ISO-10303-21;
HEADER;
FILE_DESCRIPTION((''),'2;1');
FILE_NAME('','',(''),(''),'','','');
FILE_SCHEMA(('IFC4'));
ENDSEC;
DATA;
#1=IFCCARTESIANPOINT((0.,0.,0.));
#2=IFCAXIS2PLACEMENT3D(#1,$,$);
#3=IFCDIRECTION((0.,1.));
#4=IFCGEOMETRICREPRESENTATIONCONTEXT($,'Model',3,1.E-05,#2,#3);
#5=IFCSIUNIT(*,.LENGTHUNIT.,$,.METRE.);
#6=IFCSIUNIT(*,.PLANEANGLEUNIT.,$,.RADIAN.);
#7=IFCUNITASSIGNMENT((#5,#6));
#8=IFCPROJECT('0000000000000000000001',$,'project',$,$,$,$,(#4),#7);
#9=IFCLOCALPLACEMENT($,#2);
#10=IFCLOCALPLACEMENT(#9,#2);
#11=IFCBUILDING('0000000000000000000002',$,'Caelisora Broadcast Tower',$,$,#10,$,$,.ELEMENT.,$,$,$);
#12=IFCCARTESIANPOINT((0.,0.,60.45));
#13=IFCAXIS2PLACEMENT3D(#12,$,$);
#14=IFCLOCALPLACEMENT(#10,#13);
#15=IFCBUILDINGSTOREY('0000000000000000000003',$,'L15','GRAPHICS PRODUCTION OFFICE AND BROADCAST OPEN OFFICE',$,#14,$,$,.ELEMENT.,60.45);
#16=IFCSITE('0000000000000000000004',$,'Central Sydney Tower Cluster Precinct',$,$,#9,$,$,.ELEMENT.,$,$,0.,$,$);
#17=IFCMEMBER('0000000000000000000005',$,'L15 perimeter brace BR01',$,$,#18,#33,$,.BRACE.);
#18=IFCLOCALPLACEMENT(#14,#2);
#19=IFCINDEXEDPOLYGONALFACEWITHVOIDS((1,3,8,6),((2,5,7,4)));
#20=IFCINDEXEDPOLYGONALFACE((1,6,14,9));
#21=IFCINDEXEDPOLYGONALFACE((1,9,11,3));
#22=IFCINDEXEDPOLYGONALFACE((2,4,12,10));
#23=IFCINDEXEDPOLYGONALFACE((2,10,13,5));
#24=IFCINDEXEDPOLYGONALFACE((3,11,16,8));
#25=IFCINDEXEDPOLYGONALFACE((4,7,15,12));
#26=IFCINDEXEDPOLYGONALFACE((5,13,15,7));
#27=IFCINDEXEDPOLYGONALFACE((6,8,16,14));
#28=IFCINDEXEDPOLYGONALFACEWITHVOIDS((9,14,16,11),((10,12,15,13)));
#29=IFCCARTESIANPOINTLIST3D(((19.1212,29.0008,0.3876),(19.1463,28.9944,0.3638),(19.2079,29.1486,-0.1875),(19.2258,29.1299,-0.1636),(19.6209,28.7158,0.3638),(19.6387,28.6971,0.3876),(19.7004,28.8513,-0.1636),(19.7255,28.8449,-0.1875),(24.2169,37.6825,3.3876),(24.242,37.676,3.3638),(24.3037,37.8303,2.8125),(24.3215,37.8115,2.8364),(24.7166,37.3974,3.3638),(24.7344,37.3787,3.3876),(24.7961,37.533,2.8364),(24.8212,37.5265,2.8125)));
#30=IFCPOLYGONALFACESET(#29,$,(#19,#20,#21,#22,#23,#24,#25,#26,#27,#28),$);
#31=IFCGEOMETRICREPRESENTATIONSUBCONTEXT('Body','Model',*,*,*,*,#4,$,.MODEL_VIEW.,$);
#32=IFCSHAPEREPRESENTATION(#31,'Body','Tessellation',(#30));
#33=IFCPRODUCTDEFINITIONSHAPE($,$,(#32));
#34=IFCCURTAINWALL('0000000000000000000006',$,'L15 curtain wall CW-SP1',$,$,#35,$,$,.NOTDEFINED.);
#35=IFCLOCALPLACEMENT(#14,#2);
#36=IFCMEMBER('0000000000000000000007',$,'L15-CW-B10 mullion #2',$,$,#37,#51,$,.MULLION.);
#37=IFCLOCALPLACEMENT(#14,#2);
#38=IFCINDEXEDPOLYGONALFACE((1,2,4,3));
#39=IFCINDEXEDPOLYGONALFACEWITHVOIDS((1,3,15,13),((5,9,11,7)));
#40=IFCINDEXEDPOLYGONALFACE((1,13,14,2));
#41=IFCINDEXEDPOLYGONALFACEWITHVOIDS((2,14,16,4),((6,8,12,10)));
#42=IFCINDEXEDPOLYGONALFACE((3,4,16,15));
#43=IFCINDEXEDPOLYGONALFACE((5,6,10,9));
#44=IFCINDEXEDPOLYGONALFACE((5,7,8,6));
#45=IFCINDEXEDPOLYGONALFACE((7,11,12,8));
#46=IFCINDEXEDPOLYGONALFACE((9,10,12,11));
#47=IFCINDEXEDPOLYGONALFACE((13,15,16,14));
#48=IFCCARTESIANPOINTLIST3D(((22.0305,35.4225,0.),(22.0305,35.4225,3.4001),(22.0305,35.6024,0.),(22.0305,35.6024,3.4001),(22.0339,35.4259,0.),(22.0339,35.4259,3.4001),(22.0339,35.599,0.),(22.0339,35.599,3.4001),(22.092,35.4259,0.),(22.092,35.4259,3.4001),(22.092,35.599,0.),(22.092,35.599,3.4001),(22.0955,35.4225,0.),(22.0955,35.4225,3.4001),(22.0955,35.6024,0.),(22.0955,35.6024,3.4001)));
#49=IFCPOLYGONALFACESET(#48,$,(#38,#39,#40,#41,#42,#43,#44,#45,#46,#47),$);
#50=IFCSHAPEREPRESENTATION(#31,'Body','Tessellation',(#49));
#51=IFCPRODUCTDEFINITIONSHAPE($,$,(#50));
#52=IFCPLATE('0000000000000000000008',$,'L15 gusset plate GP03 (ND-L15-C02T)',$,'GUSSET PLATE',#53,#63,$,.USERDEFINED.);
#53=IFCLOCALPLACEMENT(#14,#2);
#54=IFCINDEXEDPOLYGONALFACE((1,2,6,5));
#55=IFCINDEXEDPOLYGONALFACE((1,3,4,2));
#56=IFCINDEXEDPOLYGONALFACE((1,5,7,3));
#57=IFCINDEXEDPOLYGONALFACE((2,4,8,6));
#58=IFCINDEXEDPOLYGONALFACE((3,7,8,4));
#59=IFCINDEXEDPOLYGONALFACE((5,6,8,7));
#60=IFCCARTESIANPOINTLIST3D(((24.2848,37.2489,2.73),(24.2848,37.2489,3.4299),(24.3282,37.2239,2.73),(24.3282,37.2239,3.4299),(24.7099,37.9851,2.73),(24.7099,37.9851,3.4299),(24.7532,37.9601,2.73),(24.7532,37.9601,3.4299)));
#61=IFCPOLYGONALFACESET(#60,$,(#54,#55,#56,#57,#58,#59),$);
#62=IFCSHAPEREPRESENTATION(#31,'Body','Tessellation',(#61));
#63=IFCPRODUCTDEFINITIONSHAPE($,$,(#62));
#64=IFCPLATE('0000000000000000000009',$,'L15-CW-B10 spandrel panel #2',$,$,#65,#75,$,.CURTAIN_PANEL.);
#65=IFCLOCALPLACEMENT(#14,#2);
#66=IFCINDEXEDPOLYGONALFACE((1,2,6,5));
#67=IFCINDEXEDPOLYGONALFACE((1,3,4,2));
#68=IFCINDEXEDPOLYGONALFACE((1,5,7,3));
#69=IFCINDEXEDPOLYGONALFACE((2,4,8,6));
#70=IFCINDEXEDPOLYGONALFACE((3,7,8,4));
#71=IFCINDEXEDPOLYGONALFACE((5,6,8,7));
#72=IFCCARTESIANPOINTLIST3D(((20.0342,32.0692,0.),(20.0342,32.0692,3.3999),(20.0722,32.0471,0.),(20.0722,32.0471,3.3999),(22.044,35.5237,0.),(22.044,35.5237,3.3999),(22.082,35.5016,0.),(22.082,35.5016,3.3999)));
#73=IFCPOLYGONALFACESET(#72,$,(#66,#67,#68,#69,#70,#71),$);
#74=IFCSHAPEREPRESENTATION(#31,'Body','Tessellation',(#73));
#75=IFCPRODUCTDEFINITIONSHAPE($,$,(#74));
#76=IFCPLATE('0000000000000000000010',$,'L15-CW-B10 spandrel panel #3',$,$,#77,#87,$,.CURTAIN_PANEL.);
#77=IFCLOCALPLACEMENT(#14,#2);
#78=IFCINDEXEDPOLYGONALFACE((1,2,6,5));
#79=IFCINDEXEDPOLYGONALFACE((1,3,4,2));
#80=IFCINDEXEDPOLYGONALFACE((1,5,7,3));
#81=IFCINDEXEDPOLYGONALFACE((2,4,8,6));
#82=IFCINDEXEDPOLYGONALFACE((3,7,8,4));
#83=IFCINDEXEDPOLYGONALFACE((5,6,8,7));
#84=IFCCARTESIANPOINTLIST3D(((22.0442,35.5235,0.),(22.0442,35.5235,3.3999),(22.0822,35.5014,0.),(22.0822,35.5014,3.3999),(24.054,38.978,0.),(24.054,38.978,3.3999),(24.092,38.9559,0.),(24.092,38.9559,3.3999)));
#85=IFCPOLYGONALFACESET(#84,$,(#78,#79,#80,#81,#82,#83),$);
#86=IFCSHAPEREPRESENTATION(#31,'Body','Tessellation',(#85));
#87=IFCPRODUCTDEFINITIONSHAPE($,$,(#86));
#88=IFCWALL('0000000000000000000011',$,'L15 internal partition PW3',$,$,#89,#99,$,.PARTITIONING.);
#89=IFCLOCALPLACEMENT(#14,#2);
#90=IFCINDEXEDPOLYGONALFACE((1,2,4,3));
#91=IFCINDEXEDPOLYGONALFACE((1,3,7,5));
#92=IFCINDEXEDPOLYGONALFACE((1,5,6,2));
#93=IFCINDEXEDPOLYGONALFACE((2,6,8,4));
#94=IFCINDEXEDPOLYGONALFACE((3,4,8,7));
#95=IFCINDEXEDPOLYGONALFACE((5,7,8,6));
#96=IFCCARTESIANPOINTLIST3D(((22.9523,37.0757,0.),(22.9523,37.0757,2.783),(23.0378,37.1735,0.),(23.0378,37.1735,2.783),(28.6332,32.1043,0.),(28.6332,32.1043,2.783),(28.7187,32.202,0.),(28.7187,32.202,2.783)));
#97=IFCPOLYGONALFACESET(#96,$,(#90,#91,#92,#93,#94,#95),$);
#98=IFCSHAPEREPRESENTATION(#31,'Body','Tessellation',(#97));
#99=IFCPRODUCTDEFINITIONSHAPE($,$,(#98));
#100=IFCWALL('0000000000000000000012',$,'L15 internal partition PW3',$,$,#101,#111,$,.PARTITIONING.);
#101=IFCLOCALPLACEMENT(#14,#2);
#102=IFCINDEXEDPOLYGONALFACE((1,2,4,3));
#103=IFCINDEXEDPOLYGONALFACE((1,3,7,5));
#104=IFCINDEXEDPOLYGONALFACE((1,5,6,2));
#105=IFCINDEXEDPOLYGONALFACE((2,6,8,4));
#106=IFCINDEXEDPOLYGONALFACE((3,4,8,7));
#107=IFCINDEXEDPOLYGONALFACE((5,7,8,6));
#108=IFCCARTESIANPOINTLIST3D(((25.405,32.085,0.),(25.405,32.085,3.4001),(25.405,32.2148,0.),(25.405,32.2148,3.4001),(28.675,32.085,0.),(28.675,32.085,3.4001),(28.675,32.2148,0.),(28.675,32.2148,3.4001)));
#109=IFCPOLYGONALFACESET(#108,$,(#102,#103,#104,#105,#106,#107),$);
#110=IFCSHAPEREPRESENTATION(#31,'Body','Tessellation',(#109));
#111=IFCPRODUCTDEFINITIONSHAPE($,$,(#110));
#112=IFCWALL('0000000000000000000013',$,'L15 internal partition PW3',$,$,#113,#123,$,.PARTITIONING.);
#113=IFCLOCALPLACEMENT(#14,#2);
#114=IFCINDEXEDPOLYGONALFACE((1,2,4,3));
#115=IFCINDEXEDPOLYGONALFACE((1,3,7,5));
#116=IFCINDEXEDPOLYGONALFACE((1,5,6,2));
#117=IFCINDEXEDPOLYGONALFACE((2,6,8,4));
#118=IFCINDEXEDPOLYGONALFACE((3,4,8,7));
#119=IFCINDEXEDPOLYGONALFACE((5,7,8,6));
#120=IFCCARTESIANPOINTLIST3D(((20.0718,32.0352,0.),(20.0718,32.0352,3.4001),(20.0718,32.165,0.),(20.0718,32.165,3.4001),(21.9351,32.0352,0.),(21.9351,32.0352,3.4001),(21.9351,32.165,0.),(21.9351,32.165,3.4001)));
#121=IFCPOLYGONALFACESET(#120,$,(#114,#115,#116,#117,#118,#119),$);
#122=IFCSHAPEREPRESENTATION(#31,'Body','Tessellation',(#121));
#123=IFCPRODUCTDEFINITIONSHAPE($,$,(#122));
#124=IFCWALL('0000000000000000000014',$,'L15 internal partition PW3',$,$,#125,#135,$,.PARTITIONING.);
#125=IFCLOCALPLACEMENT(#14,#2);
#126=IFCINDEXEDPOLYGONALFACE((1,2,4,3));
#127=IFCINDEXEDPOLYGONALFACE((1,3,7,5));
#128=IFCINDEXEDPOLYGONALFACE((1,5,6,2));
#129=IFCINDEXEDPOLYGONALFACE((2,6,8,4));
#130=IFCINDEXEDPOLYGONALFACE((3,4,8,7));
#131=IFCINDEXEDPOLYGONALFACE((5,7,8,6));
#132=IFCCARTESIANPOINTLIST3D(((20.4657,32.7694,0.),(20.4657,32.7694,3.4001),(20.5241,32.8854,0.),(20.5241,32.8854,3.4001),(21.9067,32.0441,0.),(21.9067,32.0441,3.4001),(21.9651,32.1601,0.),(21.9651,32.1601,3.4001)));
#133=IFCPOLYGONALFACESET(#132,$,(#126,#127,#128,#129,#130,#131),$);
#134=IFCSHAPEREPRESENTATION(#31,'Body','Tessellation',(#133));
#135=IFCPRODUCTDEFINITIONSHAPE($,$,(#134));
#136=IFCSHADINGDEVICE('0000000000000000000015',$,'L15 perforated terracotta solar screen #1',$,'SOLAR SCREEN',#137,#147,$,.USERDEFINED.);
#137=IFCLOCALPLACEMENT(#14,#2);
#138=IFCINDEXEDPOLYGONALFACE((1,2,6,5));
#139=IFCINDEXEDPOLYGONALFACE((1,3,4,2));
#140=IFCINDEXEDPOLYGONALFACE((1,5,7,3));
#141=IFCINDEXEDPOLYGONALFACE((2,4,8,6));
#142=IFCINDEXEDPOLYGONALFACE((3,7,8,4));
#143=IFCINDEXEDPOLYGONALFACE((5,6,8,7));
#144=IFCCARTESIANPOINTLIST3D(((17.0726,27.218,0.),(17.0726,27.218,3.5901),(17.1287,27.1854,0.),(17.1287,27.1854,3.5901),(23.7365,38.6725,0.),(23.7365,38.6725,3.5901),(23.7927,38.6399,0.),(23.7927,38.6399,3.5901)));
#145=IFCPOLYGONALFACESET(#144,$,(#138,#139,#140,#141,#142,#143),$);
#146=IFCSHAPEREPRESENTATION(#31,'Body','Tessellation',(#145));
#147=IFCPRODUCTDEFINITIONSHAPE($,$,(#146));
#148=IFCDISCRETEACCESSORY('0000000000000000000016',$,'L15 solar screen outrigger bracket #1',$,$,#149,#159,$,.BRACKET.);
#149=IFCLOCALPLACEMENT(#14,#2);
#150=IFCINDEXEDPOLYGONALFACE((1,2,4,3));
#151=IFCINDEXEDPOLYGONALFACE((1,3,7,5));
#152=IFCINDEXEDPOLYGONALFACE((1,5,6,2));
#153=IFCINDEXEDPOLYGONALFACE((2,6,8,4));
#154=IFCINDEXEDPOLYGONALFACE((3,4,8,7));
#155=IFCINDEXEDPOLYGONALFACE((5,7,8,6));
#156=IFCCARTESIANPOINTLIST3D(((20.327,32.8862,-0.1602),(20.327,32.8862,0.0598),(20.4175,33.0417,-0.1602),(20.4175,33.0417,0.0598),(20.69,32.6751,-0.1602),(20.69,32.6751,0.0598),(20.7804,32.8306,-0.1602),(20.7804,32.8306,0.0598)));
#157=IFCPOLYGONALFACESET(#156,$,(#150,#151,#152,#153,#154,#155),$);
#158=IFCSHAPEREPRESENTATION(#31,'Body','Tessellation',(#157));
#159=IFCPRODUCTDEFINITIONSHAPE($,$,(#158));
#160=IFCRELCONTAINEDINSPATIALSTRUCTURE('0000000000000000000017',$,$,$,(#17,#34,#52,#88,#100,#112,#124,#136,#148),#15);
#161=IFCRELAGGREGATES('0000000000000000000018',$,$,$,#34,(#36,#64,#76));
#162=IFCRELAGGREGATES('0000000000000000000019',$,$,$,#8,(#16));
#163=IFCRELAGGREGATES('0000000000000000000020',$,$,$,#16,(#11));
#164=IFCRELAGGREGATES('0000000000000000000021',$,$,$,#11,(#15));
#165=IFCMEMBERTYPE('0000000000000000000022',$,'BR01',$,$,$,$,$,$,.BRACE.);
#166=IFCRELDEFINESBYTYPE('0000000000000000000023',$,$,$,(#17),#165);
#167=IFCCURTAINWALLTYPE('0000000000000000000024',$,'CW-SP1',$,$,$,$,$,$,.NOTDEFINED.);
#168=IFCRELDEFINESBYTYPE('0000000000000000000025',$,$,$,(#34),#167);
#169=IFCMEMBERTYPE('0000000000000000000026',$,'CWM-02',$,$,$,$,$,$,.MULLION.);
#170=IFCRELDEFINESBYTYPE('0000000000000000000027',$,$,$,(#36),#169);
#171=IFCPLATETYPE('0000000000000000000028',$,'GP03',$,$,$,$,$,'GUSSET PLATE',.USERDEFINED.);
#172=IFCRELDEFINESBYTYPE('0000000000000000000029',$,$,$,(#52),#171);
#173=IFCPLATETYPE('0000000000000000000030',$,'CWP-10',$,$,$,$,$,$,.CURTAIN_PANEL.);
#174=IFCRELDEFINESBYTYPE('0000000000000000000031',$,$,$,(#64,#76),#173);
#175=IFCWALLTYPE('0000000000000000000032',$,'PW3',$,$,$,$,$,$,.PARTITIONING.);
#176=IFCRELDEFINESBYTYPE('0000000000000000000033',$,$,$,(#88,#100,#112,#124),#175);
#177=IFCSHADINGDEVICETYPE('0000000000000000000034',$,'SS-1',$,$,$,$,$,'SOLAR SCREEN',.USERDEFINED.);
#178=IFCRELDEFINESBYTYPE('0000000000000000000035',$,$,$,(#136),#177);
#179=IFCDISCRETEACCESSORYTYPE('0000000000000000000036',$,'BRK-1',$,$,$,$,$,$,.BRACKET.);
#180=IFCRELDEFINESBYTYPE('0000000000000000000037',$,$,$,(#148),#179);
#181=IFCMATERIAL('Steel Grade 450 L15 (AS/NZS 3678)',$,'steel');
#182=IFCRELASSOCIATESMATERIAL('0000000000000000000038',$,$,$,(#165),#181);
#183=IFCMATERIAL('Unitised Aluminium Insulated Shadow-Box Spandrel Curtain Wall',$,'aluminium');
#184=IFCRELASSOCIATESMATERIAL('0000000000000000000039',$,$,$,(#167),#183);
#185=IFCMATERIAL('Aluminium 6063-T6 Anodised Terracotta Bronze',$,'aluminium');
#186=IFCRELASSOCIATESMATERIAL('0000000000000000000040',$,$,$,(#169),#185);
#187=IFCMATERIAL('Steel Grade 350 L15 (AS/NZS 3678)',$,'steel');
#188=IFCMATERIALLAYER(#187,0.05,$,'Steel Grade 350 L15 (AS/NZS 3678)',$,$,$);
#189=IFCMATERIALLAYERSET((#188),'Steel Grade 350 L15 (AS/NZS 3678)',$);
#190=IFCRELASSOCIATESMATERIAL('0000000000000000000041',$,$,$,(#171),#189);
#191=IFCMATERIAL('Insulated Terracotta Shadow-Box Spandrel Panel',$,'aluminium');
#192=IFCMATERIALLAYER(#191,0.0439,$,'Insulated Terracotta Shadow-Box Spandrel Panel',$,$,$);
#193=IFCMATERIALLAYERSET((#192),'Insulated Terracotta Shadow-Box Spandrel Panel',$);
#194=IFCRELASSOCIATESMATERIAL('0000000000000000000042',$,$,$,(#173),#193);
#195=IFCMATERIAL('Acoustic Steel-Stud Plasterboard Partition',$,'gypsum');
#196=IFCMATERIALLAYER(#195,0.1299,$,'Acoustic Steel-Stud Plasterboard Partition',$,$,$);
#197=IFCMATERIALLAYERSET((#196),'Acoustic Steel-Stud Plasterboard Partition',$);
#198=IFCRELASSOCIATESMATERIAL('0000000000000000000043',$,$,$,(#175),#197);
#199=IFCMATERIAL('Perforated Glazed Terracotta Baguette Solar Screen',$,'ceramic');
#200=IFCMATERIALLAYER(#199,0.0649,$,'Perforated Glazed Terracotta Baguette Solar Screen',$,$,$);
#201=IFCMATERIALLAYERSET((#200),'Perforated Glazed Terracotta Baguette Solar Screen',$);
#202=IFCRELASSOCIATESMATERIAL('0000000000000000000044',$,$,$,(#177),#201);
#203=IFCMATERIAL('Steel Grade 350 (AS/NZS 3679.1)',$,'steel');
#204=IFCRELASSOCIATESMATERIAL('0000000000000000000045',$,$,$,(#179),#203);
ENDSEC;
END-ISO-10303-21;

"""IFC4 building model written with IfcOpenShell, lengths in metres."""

from ifc_helpers import new_model, si_unit, direction, frame, frame_2d, origin, origin_2d, place, context, subcontext, project, spatial, rectangle, hollow_rectangle, extrude, source, transform, mapped, material, layer, layer_set, material_profile, profile_set, type_object, type_shapes, element, aggregate, save


model = new_model("IFC4")

# Units and contexts
model_context = context("Model", 3, precision=1e-05, world=origin(), true_north=direction((0.0, 1.0)))
body_context = subcontext(model_context, "Body", "Model", "MODEL_VIEW")
ifc_project = project(units=[si_unit("LENGTHUNIT", "METRE"), si_unit("PLANEANGLEUNIT", "RADIAN")], contexts=[model_context])

# Site, building, storey
site_placement = place(None, origin())
site = spatial("IfcSite", under=ifc_project, at=site_placement, Name="Central Sydney Tower Cluster Precinct", CompositionType="ELEMENT", RefElevation=0.0)
building_placement = place(site_placement, origin())
building = spatial("IfcBuilding", under=site, at=building_placement, Name="Caelisora Broadcast Tower", CompositionType="ELEMENT")
storey_placement = place(building_placement, frame((0.0, 0.0, 60.45)))
storey = spatial("IfcBuildingStorey", under=building, at=storey_placement, Name="L15", Description="GRAPHICS PRODUCTION OFFICE AND BROADCAST OPEN OFFICE", CompositionType="ELEMENT", Elevation=60.45)

# Shared definitions
ifc_material_1 = material(Name="Steel Grade 350 (AS/NZS 3679.1)", Category="steel")

# Member
ifc_material_2 = material(Name="Steel Grade 450 L15 (AS/NZS 3678)", Category="steel")
ifc_material_profile_1 = material_profile(ifc_material_2, hollow_rectangle(XDim=0.6001, YDim=0.6001, WallThickness=0.0249, at=origin_2d()), Name="Steel Grade 450 L15 (AS/NZS 3678)")
ifc_profile_set_1 = profile_set([ifc_material_profile_1], Name="Steel Grade 450 L15 (AS/NZS 3678)")
member_type_1 = type_object("IfcMemberType", Name="BR01", PredefinedType="BRACE", material=ifc_profile_set_1)
shared_shape_1 = source(origin(), body_context, "Body", "SweptSolid", [
    extrude(hollow_rectangle(XDim=0.6001, YDim=0.6001, WallThickness=0.0249, at=origin_2d()), origin(), (0.0, 0.0, 1.0), 10.5042),
])
type_shapes(member_type_1, [shared_shape_1])
member_1_placement = place(storey_placement, frame((24.519, 37.6045, 3.1001), z_axis=(-0.485114, -0.826497, -0.285602), x_axis=(0.862418, -0.506197, 0.0)))
element("IfcMember", 1, at=member_1_placement, inside=storey, type_object=member_type_1, Name="L15 perimeter brace BR01", PredefinedType="BRACE", context=body_context, shape_type="MappedRepresentation", body=[
    mapped(shared_shape_1, transform((0.0, 0.0, 0.0), scale=1.0)),
])

# Curtain wall, member
ifc_material_3 = material(Name="Unitised Aluminium Insulated Shadow-Box Spandrel Curtain Wall", Category="aluminium")
curtain_wall_type = type_object("IfcCurtainWallType", Name="CW-SP1", PredefinedType="NOTDEFINED", material=ifc_material_3)
curtain_wall_placement = place(storey_placement, origin())
curtain_wall = element("IfcCurtainWall", 2, at=curtain_wall_placement, inside=storey, type_object=curtain_wall_type, Name="L15 curtain wall CW-SP1", PredefinedType="NOTDEFINED")
ifc_material_4 = material(Name="Aluminium 6063-T6 Anodised Terracotta Bronze", Category="aluminium")
ifc_material_profile_2 = material_profile(ifc_material_4, hollow_rectangle(XDim=0.0649, YDim=0.1799, WallThickness=0.0034, at=origin_2d()), Name="Aluminium 6063-T6 Anodised Terracotta Bronze")
ifc_profile_set_2 = profile_set([ifc_material_profile_2], Name="Aluminium 6063-T6 Anodised Terracotta Bronze")
member_type_2 = type_object("IfcMemberType", Name="CWM-02", PredefinedType="MULLION", material=ifc_profile_set_2)
shared_shape_2 = source(origin(), body_context, "Body", "SweptSolid", [
    extrude(hollow_rectangle(XDim=0.0649, YDim=0.1799, WallThickness=0.0034, at=origin_2d()), origin(), (0.0, 0.0, 1.0), 3.4001),
])
type_shapes(member_type_2, [shared_shape_2])
member_2_placement = place(storey_placement, frame((22.063, 35.5125, 0.0), z_axis=(0.0, 0.0, 1.0), x_axis=(1.0, 0.0, 0.0)))
member_2 = element("IfcMember", 3, at=member_2_placement, type_object=member_type_2, Name="L15-CW-B10 mullion #2", PredefinedType="MULLION", context=body_context, shape_type="MappedRepresentation", body=[
    mapped(shared_shape_2, transform((0.0, 0.0, 0.0), scale=1.0)),
])

# Plates
ifc_material_5 = material(Name="Steel Grade 350 L15 (AS/NZS 3678)", Category="steel")
ifc_layer_1 = layer(ifc_material_5, 0.05, Name="Steel Grade 350 L15 (AS/NZS 3678)")
ifc_layer_set_1 = layer_set([ifc_layer_1], Name="Steel Grade 350 L15 (AS/NZS 3678)")
plate_type_1 = type_object("IfcPlateType", Name="GP03", ElementType="GUSSET PLATE", PredefinedType="USERDEFINED", material=ifc_layer_set_1)
shared_shape_3 = source(origin(), body_context, "Body", "SweptSolid", [
    extrude(rectangle(XDim=0.8501, YDim=0.05, at=origin_2d()), origin(), (0.0, 0.0, 1.0), 0.7),
])
type_shapes(plate_type_1, [shared_shape_3])
plate_1_placement = place(storey_placement, frame((24.519, 37.6045, 2.73), z_axis=(0.0, 0.0, 1.0), x_axis=(-0.5, -0.866025, 0.0)))
element("IfcPlate", 4, at=plate_1_placement, inside=storey, type_object=plate_type_1, Name="L15 gusset plate GP03 (ND-L15-C02T)", ObjectType="GUSSET PLATE", PredefinedType="USERDEFINED", context=body_context, shape_type="MappedRepresentation", body=[
    mapped(shared_shape_3, transform((0.0, 0.0, 0.0), scale=1.0)),
])
ifc_material_6 = material(Name="Insulated Terracotta Shadow-Box Spandrel Panel", Category="aluminium")
ifc_layer_2 = layer(ifc_material_6, 0.0439, Name="Insulated Terracotta Shadow-Box Spandrel Panel")
ifc_layer_set_2 = layer_set([ifc_layer_2], Name="Insulated Terracotta Shadow-Box Spandrel Panel")
plate_type_2 = type_object("IfcPlateType", Name="CWP-10", PredefinedType="CURTAIN_PANEL", material=ifc_layer_set_2)
shared_shape_4 = source(origin(), body_context, "Body", "SweptSolid", [
    extrude(rectangle(XDim=3.9966, YDim=0.0439, at=origin_2d()), origin(), (0.0, 0.0, 1.0), 3.3999),
])
type_shapes(plate_type_2, [shared_shape_4])
plate_2_placement = place(storey_placement, frame((21.0581, 33.7854, 0.0), z_axis=(0.0, 0.0, 1.0), x_axis=(0.502869, 0.864363, 0.0)))
plate_2 = element("IfcPlate", 5, at=plate_2_placement, type_object=plate_type_2, Name="L15-CW-B10 spandrel panel #2", PredefinedType="CURTAIN_PANEL", context=body_context, shape_type="MappedRepresentation", body=[
    mapped(shared_shape_4, transform((0.0, 0.0, 0.0), scale=1.0)),
])
plate_3_placement = place(storey_placement, frame((23.0681, 37.2397, 0.0), z_axis=(0.0, 0.0, 1.0), x_axis=(0.502869, 0.864363, 0.0)))
plate_3 = element("IfcPlate", 6, at=plate_3_placement, type_object=plate_type_2, Name="L15-CW-B10 spandrel panel #3", PredefinedType="CURTAIN_PANEL", context=body_context, shape_type="MappedRepresentation", body=[
    mapped(shared_shape_4, transform((0.0, 0.0, 0.0), scale=1.0)),
])
aggregate(curtain_wall, [member_2, plate_2, plate_3])

# Wall
ifc_material_7 = material(Name="Acoustic Steel-Stud Plasterboard Partition", Category="gypsum")
ifc_layer_3 = layer(ifc_material_7, 0.1299, Name="Acoustic Steel-Stud Plasterboard Partition")
ifc_layer_set_3 = layer_set([ifc_layer_3], Name="Acoustic Steel-Stud Plasterboard Partition")
wall_type = type_object("IfcWallType", Name="PW3", PredefinedType="PARTITIONING", material=ifc_layer_set_3)
wall_1_placement = place(storey_placement, frame((22.9951, 37.1245, 0.0), z_axis=(0.0, 0.0, 1.0), x_axis=(0.752535, -0.658553, 0.0)))
element("IfcWall", 7, at=wall_1_placement, inside=storey, type_object=wall_type, Name="L15 internal partition PW3", PredefinedType="PARTITIONING", context=body_context, shape_type="SweptSolid", body=[
    extrude(rectangle(XDim=7.5491, YDim=0.1299, at=frame_2d((3.7744, 0.0))), origin(), (0.0, 0.0, 1.0), 2.783),
])

# Wall
wall_2_placement = place(storey_placement, frame((25.405, 32.1499, 0.0), z_axis=(0.0, 0.0, 1.0), x_axis=(1.0, 0.0, 0.0)))
element("IfcWall", 8, at=wall_2_placement, inside=storey, type_object=wall_type, Name="L15 internal partition PW3", PredefinedType="PARTITIONING", context=body_context, shape_type="SweptSolid", body=[
    extrude(rectangle(XDim=3.27, YDim=0.1299, at=frame_2d((1.635, 0.0))), origin(), (0.0, 0.0, 1.0), 3.4001),
])

# Walls
wall_3_placement = place(storey_placement, frame((20.0718, 32.1001, 0.0), z_axis=(0.0, 0.0, 1.0), x_axis=(1.0, 0.0, 0.0)))
element("IfcWall", 9, at=wall_3_placement, inside=storey, type_object=wall_type, Name="L15 internal partition PW3", PredefinedType="PARTITIONING", context=body_context, shape_type="SweptSolid", body=[
    extrude(rectangle(XDim=1.8633, YDim=0.1299, at=frame_2d((0.9316, 0.0))), origin(), (0.0, 0.0, 1.0), 3.4001),
])
wall_4_placement = place(storey_placement, frame((20.4949, 32.8274, 0.0), z_axis=(0.0, 0.0, 1.0), x_axis=(0.893244, -0.449573, 0.0)))
element("IfcWall", 10, at=wall_4_placement, inside=storey, type_object=wall_type, Name="L15 internal partition PW3", PredefinedType="PARTITIONING", context=body_context, shape_type="SweptSolid", body=[
    extrude(rectangle(XDim=1.6133, YDim=0.1299, at=frame_2d((0.8066, 0.0))), origin(), (0.0, 0.0, 1.0), 3.4001),
])

# Shading device
ifc_material_8 = material(Name="Perforated Glazed Terracotta Baguette Solar Screen", Category="ceramic")
ifc_layer_4 = layer(ifc_material_8, 0.0649, Name="Perforated Glazed Terracotta Baguette Solar Screen")
ifc_layer_set_4 = layer_set([ifc_layer_4], Name="Perforated Glazed Terracotta Baguette Solar Screen")
shading_device_type = type_object("IfcShadingDeviceType", Name="SS-1", ElementType="SOLAR SCREEN", PredefinedType="USERDEFINED", material=ifc_layer_set_4)
shared_shape_5 = source(origin(), body_context, "Body", "SweptSolid", [
    extrude(rectangle(XDim=13.252, YDim=0.0649, at=origin_2d()), origin(), (0.0, 0.0, 1.0), 3.5901),
])
type_shapes(shading_device_type, [shared_shape_5])
shading_device_placement = place(storey_placement, frame((20.4326, 32.929, 0.0), z_axis=(0.0, 0.0, 1.0), x_axis=(-0.502869, -0.864363, 0.0)))
element("IfcShadingDevice", 11, at=shading_device_placement, inside=storey, type_object=shading_device_type, Name="L15 perforated terracotta solar screen #1", ObjectType="SOLAR SCREEN", PredefinedType="USERDEFINED", context=body_context, shape_type="MappedRepresentation", body=[
    mapped(shared_shape_5, transform((0.0, 0.0, 0.0), scale=1.0)),
])

# Discrete accessory
discrete_accessory_type = type_object("IfcDiscreteAccessoryType", Name="BRK-1", PredefinedType="BRACKET", material=ifc_material_1)
shared_shape_6 = source(origin(), body_context, "Body", "SweptSolid", [
    extrude(rectangle(XDim=0.1799, YDim=0.4199, at=origin_2d()), origin(), (0.0, 0.0, 1.0), 0.22),
])
type_shapes(discrete_accessory_type, [shared_shape_6])
discrete_accessory_placement = place(storey_placement, frame((20.5537, 32.8584, -0.1602), z_axis=(0.0, 0.0, 1.0), x_axis=(-0.502869, -0.864363, 0.0)))
element("IfcDiscreteAccessory", 12, at=discrete_accessory_placement, inside=storey, type_object=discrete_accessory_type, Name="L15 solar screen outrigger bracket #1", PredefinedType="BRACKET", context=body_context, shape_type="MappedRepresentation", body=[
    mapped(shared_shape_6, transform((0.0, 0.0, 0.0), scale=1.0)),
])

save(model, "model.ifc")
